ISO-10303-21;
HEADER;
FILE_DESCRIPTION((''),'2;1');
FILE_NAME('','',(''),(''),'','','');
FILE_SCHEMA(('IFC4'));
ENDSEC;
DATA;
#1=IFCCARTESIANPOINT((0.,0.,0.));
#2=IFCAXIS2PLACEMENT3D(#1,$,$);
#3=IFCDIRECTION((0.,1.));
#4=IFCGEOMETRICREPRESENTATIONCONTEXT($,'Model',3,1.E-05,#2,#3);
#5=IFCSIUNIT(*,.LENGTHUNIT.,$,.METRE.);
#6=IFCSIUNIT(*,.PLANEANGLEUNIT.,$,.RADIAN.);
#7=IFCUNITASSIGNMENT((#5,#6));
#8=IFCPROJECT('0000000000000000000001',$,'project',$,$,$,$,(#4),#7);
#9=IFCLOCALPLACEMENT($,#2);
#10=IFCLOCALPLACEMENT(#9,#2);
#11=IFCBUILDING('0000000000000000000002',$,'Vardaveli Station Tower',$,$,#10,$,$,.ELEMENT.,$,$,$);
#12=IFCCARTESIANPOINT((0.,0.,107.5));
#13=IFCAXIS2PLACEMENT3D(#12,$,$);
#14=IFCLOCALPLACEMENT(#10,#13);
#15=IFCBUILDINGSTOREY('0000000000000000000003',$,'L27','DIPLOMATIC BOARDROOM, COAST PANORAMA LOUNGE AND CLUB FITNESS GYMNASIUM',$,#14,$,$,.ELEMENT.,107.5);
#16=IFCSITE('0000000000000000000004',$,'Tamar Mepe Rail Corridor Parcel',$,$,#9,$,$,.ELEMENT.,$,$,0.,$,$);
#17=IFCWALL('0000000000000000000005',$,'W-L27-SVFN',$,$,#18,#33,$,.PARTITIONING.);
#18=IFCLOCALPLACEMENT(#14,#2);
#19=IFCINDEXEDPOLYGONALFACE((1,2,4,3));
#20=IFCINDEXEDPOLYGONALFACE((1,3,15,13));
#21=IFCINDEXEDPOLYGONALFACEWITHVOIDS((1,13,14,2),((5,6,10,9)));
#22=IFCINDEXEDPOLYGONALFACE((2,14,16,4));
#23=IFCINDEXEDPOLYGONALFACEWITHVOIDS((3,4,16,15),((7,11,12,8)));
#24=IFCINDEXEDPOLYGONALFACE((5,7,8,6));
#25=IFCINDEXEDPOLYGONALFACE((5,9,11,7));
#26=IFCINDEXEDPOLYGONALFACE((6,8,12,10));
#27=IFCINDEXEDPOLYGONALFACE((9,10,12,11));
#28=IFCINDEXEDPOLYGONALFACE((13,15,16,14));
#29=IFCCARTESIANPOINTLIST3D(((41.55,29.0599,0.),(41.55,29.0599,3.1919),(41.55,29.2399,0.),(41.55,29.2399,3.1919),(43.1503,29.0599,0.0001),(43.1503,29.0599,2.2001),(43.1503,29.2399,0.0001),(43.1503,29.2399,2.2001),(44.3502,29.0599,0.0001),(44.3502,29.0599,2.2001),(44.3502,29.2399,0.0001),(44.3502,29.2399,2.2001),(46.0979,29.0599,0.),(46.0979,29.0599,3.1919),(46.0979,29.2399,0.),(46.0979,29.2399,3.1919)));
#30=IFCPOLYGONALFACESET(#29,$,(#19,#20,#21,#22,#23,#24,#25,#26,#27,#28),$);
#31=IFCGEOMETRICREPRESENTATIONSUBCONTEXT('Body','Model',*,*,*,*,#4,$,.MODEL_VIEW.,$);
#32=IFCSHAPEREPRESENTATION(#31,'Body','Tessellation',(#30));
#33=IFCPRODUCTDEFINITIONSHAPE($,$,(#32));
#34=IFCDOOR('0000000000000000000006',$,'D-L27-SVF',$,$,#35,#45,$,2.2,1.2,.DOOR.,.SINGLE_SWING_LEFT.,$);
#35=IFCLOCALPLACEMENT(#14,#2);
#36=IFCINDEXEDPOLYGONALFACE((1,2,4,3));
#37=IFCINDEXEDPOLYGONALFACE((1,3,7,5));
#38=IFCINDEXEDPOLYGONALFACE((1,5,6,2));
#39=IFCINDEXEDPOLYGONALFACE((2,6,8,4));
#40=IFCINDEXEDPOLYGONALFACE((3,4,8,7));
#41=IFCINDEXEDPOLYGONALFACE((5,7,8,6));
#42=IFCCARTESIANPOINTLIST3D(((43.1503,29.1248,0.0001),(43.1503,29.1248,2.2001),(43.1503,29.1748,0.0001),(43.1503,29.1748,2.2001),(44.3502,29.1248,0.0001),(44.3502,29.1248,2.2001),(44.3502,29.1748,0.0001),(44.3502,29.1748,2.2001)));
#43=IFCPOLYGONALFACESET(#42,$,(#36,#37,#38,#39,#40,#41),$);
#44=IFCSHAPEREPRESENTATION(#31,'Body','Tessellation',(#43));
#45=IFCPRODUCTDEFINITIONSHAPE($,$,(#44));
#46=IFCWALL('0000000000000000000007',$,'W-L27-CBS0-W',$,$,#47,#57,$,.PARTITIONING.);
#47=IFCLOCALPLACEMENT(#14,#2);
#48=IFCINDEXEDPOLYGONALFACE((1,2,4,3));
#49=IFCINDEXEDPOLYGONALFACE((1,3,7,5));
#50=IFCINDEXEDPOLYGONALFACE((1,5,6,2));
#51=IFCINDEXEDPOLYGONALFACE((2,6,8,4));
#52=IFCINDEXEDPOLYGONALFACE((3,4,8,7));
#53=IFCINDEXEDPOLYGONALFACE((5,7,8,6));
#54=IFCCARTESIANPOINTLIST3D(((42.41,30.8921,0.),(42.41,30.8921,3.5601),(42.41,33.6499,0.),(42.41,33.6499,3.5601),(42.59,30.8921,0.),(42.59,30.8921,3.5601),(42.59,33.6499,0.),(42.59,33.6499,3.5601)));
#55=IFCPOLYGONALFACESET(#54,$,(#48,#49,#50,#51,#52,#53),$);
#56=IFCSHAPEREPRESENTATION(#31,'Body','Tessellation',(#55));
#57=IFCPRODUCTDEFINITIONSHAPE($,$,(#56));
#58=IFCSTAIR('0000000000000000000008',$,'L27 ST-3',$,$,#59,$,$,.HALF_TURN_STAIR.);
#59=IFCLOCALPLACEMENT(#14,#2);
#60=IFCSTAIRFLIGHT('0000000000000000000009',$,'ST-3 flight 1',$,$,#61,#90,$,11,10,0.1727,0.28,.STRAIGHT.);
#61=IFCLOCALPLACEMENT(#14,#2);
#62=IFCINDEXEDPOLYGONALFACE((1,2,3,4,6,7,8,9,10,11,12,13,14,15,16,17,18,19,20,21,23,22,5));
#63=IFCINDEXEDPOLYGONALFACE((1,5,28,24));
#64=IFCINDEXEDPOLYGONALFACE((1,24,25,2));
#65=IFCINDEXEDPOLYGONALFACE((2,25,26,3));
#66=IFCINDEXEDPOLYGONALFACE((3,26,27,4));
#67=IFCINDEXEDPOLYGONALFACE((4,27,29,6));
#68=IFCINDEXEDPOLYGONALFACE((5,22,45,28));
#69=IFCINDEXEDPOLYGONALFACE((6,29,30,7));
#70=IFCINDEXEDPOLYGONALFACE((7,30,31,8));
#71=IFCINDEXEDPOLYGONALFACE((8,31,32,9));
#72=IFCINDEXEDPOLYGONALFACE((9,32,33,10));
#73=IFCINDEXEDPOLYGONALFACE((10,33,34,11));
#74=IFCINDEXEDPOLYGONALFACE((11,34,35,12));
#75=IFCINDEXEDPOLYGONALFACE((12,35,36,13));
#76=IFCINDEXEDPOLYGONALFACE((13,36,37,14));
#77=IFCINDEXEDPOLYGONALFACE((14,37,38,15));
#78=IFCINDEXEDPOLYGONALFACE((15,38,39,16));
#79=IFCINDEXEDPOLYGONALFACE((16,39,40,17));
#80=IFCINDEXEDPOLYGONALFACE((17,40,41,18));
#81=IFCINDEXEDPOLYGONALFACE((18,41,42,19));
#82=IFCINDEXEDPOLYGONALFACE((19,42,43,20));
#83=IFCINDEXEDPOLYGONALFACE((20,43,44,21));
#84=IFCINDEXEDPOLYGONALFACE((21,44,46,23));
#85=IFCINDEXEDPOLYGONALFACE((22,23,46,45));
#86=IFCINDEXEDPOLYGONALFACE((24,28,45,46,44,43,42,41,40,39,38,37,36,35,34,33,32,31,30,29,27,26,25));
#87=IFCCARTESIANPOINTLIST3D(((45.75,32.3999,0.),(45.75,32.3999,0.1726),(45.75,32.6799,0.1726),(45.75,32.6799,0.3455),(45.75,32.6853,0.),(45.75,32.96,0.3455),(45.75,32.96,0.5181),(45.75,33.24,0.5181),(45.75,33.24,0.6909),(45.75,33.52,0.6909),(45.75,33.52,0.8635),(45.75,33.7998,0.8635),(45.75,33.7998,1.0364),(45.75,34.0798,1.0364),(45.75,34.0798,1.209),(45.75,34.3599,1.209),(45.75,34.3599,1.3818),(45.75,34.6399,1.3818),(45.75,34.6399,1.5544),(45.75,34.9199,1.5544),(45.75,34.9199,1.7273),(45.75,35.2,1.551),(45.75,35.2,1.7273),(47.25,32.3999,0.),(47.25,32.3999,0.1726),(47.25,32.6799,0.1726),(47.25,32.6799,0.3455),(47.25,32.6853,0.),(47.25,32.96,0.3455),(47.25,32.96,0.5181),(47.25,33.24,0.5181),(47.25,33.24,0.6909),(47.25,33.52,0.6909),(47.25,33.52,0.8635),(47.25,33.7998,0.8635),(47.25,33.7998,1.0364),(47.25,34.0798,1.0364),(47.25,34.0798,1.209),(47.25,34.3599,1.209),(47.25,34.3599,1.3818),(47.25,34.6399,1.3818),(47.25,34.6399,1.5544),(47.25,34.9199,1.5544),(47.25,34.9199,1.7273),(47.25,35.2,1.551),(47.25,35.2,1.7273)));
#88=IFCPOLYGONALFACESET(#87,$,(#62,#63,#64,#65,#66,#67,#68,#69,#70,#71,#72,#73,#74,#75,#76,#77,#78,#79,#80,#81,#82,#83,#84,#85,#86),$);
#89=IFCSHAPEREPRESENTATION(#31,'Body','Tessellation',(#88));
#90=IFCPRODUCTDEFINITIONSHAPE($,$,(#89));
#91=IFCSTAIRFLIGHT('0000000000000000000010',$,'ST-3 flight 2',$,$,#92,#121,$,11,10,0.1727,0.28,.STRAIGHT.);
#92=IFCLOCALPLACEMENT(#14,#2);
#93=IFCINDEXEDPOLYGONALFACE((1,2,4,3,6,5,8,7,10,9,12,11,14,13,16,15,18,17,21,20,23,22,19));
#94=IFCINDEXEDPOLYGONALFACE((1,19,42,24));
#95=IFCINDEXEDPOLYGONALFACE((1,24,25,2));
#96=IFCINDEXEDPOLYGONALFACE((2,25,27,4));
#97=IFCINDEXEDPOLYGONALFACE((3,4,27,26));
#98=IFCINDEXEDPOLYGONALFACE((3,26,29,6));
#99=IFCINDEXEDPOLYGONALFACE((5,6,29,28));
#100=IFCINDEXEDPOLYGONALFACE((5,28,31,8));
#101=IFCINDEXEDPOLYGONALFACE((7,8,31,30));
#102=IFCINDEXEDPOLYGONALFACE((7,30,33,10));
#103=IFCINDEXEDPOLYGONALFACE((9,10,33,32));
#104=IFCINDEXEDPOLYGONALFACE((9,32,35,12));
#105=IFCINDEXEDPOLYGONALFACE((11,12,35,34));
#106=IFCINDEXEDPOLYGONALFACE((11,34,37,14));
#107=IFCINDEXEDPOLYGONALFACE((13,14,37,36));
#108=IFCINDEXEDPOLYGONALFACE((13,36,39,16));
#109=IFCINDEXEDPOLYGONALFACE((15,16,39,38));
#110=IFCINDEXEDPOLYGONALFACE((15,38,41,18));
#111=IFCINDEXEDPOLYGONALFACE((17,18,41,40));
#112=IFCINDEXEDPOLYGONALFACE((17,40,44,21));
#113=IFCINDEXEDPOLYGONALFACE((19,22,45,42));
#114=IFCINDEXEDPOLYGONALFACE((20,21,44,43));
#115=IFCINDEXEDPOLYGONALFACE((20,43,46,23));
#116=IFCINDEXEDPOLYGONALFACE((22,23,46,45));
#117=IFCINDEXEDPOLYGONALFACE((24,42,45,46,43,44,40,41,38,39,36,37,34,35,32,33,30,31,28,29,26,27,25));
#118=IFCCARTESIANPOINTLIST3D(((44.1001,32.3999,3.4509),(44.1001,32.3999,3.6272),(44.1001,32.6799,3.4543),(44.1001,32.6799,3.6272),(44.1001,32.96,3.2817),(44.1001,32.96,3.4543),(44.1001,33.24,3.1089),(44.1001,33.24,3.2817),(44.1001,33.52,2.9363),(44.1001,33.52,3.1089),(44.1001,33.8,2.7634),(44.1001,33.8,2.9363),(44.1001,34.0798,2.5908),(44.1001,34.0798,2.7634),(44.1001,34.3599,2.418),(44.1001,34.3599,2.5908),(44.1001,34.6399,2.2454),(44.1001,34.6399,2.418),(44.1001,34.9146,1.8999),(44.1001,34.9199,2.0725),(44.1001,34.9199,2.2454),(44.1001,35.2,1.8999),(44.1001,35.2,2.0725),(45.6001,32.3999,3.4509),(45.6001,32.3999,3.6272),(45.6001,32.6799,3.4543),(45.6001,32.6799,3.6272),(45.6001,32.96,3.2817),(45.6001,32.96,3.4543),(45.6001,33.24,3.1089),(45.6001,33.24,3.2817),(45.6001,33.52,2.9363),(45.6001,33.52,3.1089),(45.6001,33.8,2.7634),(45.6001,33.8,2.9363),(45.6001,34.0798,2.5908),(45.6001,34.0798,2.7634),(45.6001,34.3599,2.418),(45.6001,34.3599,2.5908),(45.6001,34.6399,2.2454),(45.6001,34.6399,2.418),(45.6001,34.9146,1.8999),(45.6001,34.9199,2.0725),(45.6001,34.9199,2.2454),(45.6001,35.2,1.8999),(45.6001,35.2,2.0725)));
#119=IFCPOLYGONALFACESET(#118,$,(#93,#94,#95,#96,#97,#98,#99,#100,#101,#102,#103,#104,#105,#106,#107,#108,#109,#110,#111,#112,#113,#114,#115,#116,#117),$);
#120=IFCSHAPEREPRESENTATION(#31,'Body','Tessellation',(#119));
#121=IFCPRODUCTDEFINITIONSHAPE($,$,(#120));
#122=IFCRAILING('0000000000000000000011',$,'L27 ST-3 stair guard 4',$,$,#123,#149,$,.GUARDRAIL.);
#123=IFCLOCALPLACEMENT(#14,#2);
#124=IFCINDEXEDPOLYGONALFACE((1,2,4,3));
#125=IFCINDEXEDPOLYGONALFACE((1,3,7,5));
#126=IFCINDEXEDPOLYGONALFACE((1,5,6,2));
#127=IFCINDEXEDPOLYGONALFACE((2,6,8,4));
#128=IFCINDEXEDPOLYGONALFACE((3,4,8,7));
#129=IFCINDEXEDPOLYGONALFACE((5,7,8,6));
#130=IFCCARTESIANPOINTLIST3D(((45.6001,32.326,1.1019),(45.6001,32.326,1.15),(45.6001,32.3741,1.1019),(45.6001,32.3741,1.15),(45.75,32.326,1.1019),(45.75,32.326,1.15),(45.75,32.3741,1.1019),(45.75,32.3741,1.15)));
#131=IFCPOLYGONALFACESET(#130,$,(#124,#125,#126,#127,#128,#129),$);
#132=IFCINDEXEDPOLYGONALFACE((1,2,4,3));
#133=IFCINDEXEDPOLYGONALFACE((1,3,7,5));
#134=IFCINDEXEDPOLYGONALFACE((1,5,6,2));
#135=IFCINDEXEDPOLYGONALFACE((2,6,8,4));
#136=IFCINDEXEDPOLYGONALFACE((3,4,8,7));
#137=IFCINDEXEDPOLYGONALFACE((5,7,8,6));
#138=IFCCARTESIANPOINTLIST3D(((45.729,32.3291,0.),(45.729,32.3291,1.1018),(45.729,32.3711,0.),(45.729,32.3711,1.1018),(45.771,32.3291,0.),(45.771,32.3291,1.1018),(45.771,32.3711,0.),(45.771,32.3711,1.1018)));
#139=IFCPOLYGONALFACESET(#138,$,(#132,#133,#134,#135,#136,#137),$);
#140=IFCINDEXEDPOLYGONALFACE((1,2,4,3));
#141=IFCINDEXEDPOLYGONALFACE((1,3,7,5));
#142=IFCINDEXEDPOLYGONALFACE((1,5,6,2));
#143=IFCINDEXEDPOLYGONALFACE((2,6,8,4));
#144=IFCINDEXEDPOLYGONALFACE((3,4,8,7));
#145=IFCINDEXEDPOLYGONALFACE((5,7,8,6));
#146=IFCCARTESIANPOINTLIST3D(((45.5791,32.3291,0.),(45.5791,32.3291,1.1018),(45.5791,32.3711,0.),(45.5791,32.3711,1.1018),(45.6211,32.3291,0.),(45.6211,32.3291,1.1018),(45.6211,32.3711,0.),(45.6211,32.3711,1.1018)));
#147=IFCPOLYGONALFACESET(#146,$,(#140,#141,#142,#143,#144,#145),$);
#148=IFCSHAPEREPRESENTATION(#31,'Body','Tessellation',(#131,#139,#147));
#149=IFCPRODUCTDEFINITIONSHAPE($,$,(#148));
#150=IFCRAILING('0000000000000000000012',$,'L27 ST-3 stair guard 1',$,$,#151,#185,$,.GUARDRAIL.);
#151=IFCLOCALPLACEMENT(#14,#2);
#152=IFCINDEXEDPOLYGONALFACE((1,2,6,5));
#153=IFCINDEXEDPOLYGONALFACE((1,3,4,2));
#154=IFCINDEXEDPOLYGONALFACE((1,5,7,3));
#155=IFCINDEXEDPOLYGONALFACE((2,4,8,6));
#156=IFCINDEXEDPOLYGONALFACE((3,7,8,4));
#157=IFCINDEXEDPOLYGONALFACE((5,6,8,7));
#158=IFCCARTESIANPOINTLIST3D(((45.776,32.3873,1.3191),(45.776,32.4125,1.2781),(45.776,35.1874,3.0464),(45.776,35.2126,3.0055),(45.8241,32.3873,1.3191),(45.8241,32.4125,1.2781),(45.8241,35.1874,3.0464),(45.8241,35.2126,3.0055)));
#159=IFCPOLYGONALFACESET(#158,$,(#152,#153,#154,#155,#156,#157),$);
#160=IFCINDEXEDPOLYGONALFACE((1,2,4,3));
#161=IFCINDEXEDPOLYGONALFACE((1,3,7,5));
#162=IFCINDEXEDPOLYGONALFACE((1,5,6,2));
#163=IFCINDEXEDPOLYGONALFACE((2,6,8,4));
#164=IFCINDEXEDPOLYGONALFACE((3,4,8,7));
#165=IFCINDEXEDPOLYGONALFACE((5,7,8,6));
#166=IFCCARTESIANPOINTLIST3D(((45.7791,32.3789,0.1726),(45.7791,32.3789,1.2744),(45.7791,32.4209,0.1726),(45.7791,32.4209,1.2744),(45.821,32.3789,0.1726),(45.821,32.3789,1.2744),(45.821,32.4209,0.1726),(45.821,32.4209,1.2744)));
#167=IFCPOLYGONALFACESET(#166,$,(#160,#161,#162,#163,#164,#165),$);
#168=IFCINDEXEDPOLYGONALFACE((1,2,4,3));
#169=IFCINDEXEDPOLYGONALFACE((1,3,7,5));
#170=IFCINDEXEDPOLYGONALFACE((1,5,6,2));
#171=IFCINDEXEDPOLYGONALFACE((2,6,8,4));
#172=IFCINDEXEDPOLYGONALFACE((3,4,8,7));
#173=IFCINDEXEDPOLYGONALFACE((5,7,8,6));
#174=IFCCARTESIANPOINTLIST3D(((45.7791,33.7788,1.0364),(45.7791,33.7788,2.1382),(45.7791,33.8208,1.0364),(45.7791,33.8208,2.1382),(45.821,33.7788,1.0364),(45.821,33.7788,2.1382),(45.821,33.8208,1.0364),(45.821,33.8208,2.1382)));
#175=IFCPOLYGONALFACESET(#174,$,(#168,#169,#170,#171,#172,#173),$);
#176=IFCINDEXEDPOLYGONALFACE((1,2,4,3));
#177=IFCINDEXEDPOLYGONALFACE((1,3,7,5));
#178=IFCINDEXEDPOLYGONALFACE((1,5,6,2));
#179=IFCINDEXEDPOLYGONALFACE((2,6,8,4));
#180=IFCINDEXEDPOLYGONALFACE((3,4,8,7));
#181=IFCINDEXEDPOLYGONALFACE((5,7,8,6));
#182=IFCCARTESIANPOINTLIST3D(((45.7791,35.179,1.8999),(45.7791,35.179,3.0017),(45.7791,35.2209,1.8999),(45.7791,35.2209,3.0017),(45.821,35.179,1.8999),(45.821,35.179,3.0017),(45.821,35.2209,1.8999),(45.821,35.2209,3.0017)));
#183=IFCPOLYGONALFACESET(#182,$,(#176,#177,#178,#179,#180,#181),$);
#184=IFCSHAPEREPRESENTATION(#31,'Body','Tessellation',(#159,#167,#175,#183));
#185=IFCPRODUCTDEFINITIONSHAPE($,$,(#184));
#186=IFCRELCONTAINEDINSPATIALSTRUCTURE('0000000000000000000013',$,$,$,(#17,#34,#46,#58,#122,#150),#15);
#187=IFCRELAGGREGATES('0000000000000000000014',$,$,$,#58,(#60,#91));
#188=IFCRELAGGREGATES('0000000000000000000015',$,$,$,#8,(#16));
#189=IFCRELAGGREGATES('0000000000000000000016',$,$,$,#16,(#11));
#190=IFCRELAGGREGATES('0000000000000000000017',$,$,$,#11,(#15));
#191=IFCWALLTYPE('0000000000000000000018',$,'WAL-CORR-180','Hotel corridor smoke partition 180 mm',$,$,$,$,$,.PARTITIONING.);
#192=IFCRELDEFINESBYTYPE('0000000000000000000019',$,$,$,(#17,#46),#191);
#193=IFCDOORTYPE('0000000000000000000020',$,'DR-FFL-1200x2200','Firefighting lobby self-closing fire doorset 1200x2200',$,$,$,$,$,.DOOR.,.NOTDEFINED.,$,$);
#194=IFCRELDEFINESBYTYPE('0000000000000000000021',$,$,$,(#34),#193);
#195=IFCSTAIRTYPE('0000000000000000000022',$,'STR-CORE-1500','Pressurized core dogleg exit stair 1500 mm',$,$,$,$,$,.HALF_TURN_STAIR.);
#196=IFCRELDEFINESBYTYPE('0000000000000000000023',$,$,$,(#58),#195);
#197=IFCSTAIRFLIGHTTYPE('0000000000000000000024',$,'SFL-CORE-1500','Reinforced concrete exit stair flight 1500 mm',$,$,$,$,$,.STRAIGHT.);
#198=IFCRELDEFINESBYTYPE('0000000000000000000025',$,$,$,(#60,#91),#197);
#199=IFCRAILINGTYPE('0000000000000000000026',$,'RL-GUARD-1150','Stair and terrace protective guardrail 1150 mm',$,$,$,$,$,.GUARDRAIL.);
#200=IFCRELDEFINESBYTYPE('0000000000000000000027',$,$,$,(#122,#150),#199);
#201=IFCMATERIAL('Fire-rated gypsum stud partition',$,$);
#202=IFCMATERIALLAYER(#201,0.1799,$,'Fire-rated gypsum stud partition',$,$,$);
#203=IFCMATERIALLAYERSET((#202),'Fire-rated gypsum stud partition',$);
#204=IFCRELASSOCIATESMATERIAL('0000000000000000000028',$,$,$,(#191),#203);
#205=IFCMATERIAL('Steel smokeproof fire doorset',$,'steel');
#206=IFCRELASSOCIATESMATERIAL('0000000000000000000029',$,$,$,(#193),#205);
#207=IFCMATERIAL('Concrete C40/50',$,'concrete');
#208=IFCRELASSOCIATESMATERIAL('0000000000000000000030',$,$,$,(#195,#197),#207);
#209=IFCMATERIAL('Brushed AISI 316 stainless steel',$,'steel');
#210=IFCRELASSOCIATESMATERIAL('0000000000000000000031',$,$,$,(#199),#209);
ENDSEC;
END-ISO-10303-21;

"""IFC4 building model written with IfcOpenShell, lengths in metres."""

from ifc_helpers import new_model, si_unit, direction, frame, frame_2d, origin, origin_2d, place, context, subcontext, project, spatial, polyline, rectangle, outline, extrude, source, transform, mapped, material, layer, layer_set, type_object, element, fill, aggregate, save


model = new_model("IFC4")

# Units and contexts
model_context = context("Model", 3, precision=1e-05, world=origin(), true_north=direction((0.0, 1.0)))
body_context = subcontext(model_context, "Body", "Model", "MODEL_VIEW")
ifc_project = project(units=[si_unit("LENGTHUNIT", "METRE"), si_unit("PLANEANGLEUNIT", "RADIAN")], contexts=[model_context])

# Site, building, storey
site_placement = place(None, origin())
site = spatial("IfcSite", under=ifc_project, at=site_placement, Name="Tamar Mepe Rail Corridor Parcel", CompositionType="ELEMENT", RefElevation=0.0)
building_placement = place(site_placement, origin())
building = spatial("IfcBuilding", under=site, at=building_placement, Name="Vardaveli Station Tower", CompositionType="ELEMENT")
storey_placement = place(building_placement, frame((0.0, 0.0, 107.5)))
storey = spatial("IfcBuildingStorey", under=building, at=storey_placement, Name="L27", Description="DIPLOMATIC BOARDROOM, COAST PANORAMA LOUNGE AND CLUB FITNESS GYMNASIUM", CompositionType="ELEMENT", Elevation=107.5)

# Shared definitions
ifc_material_1 = material(Name="Concrete C40/50", Category="concrete")

# Shared definitions
ifc_material_2 = material(Name="Steel smokeproof fire doorset", Category="steel")
ifc_material_3 = material(Name="Fire-rated gypsum stud partition")
ifc_layer_1 = layer(ifc_material_3, 0.1799, Name="Fire-rated gypsum stud partition")
ifc_layer_set_1 = layer_set([ifc_layer_1], Name="Fire-rated gypsum stud partition")
wall_type_1 = type_object("IfcWallType", Name="WAL-CORR-180", Description="Hotel corridor smoke partition 180 mm", PredefinedType="PARTITIONING", material=ifc_layer_set_1)

# Wall, opening, door
shared_shape_1 = source(origin(), body_context, "Body", "SweptSolid", [
    extrude(rectangle(XDim=4.5479, YDim=0.1799, at=frame_2d((2.2739, 0.0))), origin(), (0.0, 0.0, 1.0), 3.1919),
])
wall_1_placement = place(storey_placement, frame((41.55, 29.1499, 0.0), z_axis=(0.0, 0.0, 1.0), x_axis=(1.0, 0.0, 0.0)))
wall_1 = element("IfcWall", 1, at=wall_1_placement, inside=storey, type_object=wall_type_1, Name="W-L27-SVFN", PredefinedType="PARTITIONING", context=body_context, shape_type="MappedRepresentation", body=[
    mapped(shared_shape_1, transform((0.0, 0.0, 0.0), scale=1.0)),
])
shared_shape_2 = source(origin(), body_context, "Body", "SweptSolid", [
    extrude(rectangle(XDim=1.2, YDim=2.2, at=frame_2d((0.6001, 1.1001))), frame((0.0, 0.1001, 0.0), z_axis=(0.0, -1.0, 0.0), x_axis=(1.0, 0.0, 0.0)), (0.0, 0.0, 1.0), 0.2),
])
opening_1_placement = place(wall_1_placement, frame((1.6001, 0.0, 0.0)))
opening_1 = element("IfcOpeningElement", 2, at=opening_1_placement, cuts=wall_1, PredefinedType="OPENING", context=body_context, shape_type="MappedRepresentation", body=[
    mapped(shared_shape_2, transform((0.0, 0.0, 0.0), scale=1.0)),
])
door_type_1 = type_object("IfcDoorType", Name="DR-FFL-1200x2200", Description="Firefighting lobby self-closing fire doorset 1200x2200", OperationType="NOTDEFINED", PredefinedType="DOOR", material=ifc_material_2)
shared_shape_3 = source(origin(), body_context, "Body", "SweptSolid", [
    extrude(rectangle(XDim=1.2, YDim=2.2, at=frame_2d((0.6001, 1.1001))), frame((0.0, 0.0249, 0.0), z_axis=(0.0, -1.0, 0.0), x_axis=(1.0, 0.0, 0.0)), (0.0, 0.0, 1.0), 0.05),
])
door_1_placement = place(opening_1_placement, origin())
door_1 = element("IfcDoor", 3, at=door_1_placement, inside=storey, type_object=door_type_1, Name="D-L27-SVF", OperationType="SINGLE_SWING_LEFT", OverallHeight=2.2, OverallWidth=1.2, PredefinedType="DOOR", context=body_context, shape_type="MappedRepresentation", body=[
    mapped(shared_shape_3, transform((0.0, 0.0, 0.0), scale=1.0)),
])
fill(opening_1, door_1)

# Wall
shared_shape_4 = source(origin(), body_context, "Body", "SweptSolid", [
    extrude(rectangle(XDim=2.7578, YDim=0.1799, at=frame_2d((1.3789, 0.0))), origin(), (0.0, 0.0, 1.0), 3.5601),
])
wall_2_placement = place(storey_placement, frame((42.5, 30.8921, 0.0), z_axis=(0.0, 0.0, 1.0), x_axis=(0.0, 1.0, 0.0)))
element("IfcWall", 4, at=wall_2_placement, inside=storey, type_object=wall_type_1, Name="W-L27-CBS0-W", PredefinedType="PARTITIONING", context=body_context, shape_type="MappedRepresentation", body=[
    mapped(shared_shape_4, transform((0.0, 0.0, 0.0), scale=1.0)),
])

# Stair, stair flights
stair_type = type_object("IfcStairType", Name="STR-CORE-1500", Description="Pressurized core dogleg exit stair 1500 mm", PredefinedType="HALF_TURN_STAIR", material=ifc_material_1)
stair_placement = place(storey_placement, origin())
stair = element("IfcStair", 5, at=stair_placement, inside=storey, type_object=stair_type, Name="L27 ST-3", PredefinedType="HALF_TURN_STAIR")
stair_flight_type = type_object("IfcStairFlightType", Name="SFL-CORE-1500", Description="Reinforced concrete exit stair flight 1500 mm", PredefinedType="STRAIGHT", material=ifc_material_1)
shared_shape_5 = source(origin(), body_context, "Body", "SweptSolid", [
    extrude(outline(polyline([(0.0, 0.0), (0.0, 0.1726), (0.28, 0.1726), (0.28, 0.3455), (0.5601, 0.3455), (0.5601, 0.5181), (0.8401, 0.5181), (0.8401, 0.6909), (1.1201, 0.6909), (1.1201, 0.8635), (1.3999, 0.8635), (1.3999, 1.0364), (1.6799, 1.0364), (1.6799, 1.209), (1.96, 1.209), (1.96, 1.3818), (2.24, 1.3818), (2.24, 1.5544), (2.52, 1.5544), (2.52, 1.7273), (2.8, 1.7273), (2.8, 1.8999), (2.8, 1.551), (0.2854, 0.0), (0.0, 0.0)])), frame((0.0, 0.75, 0.0), z_axis=(0.0, -1.0, 0.0), x_axis=(1.0, 0.0, 0.0)), (0.0, 0.0, 1.0), 1.5),
])
stair_flight_1_placement = place(storey_placement, frame((46.5, 32.3999, 0.0), z_axis=(0.0, 0.0, 1.0), x_axis=(0.0, 1.0, 0.0)))
stair_flight_1 = element("IfcStairFlight", 6, at=stair_flight_1_placement, type_object=stair_flight_type, Name="ST-3 flight 1", NumberOfRisers=11, NumberOfTreads=10, PredefinedType="STRAIGHT", RiserHeight=0.1727, TreadLength=0.28, context=body_context, shape_type="MappedRepresentation", body=[
    mapped(shared_shape_5, transform((0.0, 0.0, 0.0), scale=1.0)),
])
stair_flight_2_placement = place(storey_placement, frame((44.8501, 35.2, 1.8999), z_axis=(0.0, 0.0, 1.0), x_axis=(0.0, -1.0, 0.0)))
stair_flight_2 = element("IfcStairFlight", 7, at=stair_flight_2_placement, type_object=stair_flight_type, Name="ST-3 flight 2", NumberOfRisers=11, NumberOfTreads=10, PredefinedType="STRAIGHT", RiserHeight=0.1727, TreadLength=0.28, context=body_context, shape_type="MappedRepresentation", body=[
    mapped(shared_shape_5, transform((0.0, 0.0, 0.0), scale=1.0)),
])
aggregate(stair, [stair_flight_1, stair_flight_2])

# Railings
ifc_material_4 = material(Name="Brushed AISI 316 stainless steel", Category="steel")
railing_type_1 = type_object("IfcRailingType", Name="RL-GUARD-1150", Description="Stair and terrace protective guardrail 1150 mm", PredefinedType="GUARDRAIL", material=ifc_material_4)
shared_shape_6 = source(origin(), body_context, "Body", "SweptSolid", [
    extrude(rectangle(XDim=0.0481, YDim=0.0481, at=origin_2d()), frame((0.0, 0.0, 1.126), z_axis=(-1.0, 0.0, 0.0), x_axis=(0.0, -1.0, 0.0)), (0.0, 0.0, 1.0), 0.1499),
    extrude(rectangle(XDim=0.042, YDim=0.042, at=origin_2d()), origin(), (0.0, 0.0, 1.0), 1.1018),
    extrude(rectangle(XDim=0.042, YDim=0.042, at=origin_2d()), frame((-0.1499, 0.0, 0.0)), (0.0, 0.0, 1.0), 1.1018),
])
railing_1_placement = place(storey_placement, frame((45.75, 32.3501, 0.0)))
element("IfcRailing", 8, at=railing_1_placement, inside=storey, type_object=railing_type_1, Name="L27 ST-3 stair guard 4", PredefinedType="GUARDRAIL", context=body_context, shape_type="MappedRepresentation", body=[
    mapped(shared_shape_6, transform((0.0, 0.0, 0.0), scale=1.0)),
])
shared_shape_7 = source(origin(), body_context, "Body", "SweptSolid", [
    extrude(rectangle(XDim=0.0481, YDim=0.0481, at=origin_2d()), frame((0.0, 0.0, 1.126), z_axis=(0.0, 0.85109, 0.52502), x_axis=(-1.0, 0.0, 0.0)), (0.0, 0.0, 1.0), 3.29),
    extrude(rectangle(XDim=0.042, YDim=0.042, at=origin_2d()), origin(), (0.0, 0.0, 1.0), 1.1018),
    extrude(rectangle(XDim=0.042, YDim=0.042, at=origin_2d()), frame((0.0, 1.3999, 0.8638)), (0.0, 0.0, 1.0), 1.1018),
    extrude(rectangle(XDim=0.042, YDim=0.042, at=origin_2d()), frame((0.0, 2.8, 1.7273)), (0.0, 0.0, 1.0), 1.1018),
])
railing_2_placement = place(storey_placement, frame((45.8, 32.3999, 0.1726)))
element("IfcRailing", 9, at=railing_2_placement, inside=storey, type_object=railing_type_1, Name="L27 ST-3 stair guard 1", PredefinedType="GUARDRAIL", context=body_context, shape_type="MappedRepresentation", body=[
    mapped(shared_shape_7, transform((0.0, 0.0, 0.0), scale=1.0)),
])

save(model, "model.ifc")
